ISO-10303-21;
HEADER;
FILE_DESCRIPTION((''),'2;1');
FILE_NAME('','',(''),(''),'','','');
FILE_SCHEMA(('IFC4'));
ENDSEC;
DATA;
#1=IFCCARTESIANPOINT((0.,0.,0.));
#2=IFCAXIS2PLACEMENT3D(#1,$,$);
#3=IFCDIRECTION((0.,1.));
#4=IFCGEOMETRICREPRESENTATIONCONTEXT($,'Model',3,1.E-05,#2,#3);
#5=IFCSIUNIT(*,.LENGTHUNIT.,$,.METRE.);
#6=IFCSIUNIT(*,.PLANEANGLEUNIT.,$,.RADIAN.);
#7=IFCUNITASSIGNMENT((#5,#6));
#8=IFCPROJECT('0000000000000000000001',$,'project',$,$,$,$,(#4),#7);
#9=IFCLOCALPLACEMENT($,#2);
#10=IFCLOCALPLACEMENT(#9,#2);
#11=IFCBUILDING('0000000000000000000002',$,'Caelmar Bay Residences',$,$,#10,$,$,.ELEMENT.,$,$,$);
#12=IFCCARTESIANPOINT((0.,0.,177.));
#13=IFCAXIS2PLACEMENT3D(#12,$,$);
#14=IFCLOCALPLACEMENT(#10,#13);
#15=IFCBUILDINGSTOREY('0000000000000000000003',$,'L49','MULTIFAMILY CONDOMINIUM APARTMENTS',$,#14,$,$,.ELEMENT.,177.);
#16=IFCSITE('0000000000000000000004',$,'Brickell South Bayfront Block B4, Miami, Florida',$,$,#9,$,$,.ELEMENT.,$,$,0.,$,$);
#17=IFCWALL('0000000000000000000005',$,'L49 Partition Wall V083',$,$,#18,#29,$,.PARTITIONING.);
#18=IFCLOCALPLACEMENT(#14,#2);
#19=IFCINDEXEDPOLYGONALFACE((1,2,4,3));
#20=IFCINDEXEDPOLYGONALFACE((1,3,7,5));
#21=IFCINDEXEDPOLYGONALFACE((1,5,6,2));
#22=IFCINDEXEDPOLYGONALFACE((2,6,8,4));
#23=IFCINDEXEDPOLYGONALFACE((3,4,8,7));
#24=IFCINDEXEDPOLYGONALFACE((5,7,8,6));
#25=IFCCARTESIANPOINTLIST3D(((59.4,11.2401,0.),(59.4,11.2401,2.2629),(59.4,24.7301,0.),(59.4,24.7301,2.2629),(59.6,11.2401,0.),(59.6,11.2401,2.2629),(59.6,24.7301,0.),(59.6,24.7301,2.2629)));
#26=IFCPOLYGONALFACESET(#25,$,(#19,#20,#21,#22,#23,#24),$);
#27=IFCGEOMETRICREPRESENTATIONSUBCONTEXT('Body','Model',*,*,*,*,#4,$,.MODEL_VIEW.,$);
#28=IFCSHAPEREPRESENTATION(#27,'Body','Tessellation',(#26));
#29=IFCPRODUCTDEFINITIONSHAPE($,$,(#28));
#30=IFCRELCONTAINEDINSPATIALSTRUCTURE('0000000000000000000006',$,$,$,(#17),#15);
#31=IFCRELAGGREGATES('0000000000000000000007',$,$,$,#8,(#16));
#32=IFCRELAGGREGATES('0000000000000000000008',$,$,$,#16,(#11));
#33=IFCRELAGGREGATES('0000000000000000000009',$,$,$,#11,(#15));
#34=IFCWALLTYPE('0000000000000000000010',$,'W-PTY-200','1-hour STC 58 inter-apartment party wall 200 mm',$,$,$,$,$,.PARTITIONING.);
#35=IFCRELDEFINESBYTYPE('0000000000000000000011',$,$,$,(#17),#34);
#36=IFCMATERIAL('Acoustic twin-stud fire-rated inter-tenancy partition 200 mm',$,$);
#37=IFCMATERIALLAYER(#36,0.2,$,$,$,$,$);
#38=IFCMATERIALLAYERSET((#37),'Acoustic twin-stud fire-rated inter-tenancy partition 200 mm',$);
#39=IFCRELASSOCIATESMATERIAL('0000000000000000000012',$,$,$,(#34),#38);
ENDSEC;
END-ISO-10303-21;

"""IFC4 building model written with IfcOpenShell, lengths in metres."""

from ifc_helpers import new_model, si_unit, direction, frame, frame_2d, origin, place, context, subcontext, project, spatial, rectangle, extrude, material, layer, layer_set, type_object, element, save


model = new_model("IFC4")

# Units and contexts
model_context = context("Model", 3, precision=1e-05, world=origin(), true_north=direction((0.0, 1.0)))
body_context = subcontext(model_context, "Body", "Model", "MODEL_VIEW")
ifc_project = project(units=[si_unit("LENGTHUNIT", "METRE"), si_unit("PLANEANGLEUNIT", "RADIAN")], contexts=[model_context])

# Site, building, storey
site_placement = place(None, origin())
site = spatial("IfcSite", under=ifc_project, at=site_placement, Name="Brickell South Bayfront Block B4, Miami, Florida", CompositionType="ELEMENT", RefElevation=0.0)
building_placement = place(site_placement, origin())
building = spatial("IfcBuilding", under=site, at=building_placement, Name="Caelmar Bay Residences", CompositionType="ELEMENT")
storey_placement = place(building_placement, frame((0.0, 0.0, 177.0)))
storey = spatial("IfcBuildingStorey", under=building, at=storey_placement, Name="L49", Description="MULTIFAMILY CONDOMINIUM APARTMENTS", CompositionType="ELEMENT", Elevation=177.0)

# Wall
ifc_material_1 = material(Name="Acoustic twin-stud fire-rated inter-tenancy partition 200 mm")
ifc_layer_1 = layer(ifc_material_1, 0.2)
ifc_layer_set_1 = layer_set([ifc_layer_1], Name="Acoustic twin-stud fire-rated inter-tenancy partition 200 mm")
wall_type_1 = type_object("IfcWallType", Name="W-PTY-200", Description="1-hour STC 58 inter-apartment party wall 200 mm", PredefinedType="PARTITIONING", material=ifc_layer_set_1)
wall_1_placement = place(storey_placement, frame((59.5, 11.24, 0.0), z_axis=(0.0, 0.0, 1.0), x_axis=(0.0, 1.0, 0.0)))
element("IfcWall", 1, at=wall_1_placement, inside=storey, type_object=wall_type_1, Name="L49 Partition Wall V083", PredefinedType="PARTITIONING", context=body_context, shape_type="SweptSolid", body=[
    extrude(rectangle(XDim=13.49, YDim=0.2, at=frame_2d((6.7451, 0.0))), origin(), (0.0, 0.0, 1.0), 2.2629),
])

save(model, "model.ifc")
